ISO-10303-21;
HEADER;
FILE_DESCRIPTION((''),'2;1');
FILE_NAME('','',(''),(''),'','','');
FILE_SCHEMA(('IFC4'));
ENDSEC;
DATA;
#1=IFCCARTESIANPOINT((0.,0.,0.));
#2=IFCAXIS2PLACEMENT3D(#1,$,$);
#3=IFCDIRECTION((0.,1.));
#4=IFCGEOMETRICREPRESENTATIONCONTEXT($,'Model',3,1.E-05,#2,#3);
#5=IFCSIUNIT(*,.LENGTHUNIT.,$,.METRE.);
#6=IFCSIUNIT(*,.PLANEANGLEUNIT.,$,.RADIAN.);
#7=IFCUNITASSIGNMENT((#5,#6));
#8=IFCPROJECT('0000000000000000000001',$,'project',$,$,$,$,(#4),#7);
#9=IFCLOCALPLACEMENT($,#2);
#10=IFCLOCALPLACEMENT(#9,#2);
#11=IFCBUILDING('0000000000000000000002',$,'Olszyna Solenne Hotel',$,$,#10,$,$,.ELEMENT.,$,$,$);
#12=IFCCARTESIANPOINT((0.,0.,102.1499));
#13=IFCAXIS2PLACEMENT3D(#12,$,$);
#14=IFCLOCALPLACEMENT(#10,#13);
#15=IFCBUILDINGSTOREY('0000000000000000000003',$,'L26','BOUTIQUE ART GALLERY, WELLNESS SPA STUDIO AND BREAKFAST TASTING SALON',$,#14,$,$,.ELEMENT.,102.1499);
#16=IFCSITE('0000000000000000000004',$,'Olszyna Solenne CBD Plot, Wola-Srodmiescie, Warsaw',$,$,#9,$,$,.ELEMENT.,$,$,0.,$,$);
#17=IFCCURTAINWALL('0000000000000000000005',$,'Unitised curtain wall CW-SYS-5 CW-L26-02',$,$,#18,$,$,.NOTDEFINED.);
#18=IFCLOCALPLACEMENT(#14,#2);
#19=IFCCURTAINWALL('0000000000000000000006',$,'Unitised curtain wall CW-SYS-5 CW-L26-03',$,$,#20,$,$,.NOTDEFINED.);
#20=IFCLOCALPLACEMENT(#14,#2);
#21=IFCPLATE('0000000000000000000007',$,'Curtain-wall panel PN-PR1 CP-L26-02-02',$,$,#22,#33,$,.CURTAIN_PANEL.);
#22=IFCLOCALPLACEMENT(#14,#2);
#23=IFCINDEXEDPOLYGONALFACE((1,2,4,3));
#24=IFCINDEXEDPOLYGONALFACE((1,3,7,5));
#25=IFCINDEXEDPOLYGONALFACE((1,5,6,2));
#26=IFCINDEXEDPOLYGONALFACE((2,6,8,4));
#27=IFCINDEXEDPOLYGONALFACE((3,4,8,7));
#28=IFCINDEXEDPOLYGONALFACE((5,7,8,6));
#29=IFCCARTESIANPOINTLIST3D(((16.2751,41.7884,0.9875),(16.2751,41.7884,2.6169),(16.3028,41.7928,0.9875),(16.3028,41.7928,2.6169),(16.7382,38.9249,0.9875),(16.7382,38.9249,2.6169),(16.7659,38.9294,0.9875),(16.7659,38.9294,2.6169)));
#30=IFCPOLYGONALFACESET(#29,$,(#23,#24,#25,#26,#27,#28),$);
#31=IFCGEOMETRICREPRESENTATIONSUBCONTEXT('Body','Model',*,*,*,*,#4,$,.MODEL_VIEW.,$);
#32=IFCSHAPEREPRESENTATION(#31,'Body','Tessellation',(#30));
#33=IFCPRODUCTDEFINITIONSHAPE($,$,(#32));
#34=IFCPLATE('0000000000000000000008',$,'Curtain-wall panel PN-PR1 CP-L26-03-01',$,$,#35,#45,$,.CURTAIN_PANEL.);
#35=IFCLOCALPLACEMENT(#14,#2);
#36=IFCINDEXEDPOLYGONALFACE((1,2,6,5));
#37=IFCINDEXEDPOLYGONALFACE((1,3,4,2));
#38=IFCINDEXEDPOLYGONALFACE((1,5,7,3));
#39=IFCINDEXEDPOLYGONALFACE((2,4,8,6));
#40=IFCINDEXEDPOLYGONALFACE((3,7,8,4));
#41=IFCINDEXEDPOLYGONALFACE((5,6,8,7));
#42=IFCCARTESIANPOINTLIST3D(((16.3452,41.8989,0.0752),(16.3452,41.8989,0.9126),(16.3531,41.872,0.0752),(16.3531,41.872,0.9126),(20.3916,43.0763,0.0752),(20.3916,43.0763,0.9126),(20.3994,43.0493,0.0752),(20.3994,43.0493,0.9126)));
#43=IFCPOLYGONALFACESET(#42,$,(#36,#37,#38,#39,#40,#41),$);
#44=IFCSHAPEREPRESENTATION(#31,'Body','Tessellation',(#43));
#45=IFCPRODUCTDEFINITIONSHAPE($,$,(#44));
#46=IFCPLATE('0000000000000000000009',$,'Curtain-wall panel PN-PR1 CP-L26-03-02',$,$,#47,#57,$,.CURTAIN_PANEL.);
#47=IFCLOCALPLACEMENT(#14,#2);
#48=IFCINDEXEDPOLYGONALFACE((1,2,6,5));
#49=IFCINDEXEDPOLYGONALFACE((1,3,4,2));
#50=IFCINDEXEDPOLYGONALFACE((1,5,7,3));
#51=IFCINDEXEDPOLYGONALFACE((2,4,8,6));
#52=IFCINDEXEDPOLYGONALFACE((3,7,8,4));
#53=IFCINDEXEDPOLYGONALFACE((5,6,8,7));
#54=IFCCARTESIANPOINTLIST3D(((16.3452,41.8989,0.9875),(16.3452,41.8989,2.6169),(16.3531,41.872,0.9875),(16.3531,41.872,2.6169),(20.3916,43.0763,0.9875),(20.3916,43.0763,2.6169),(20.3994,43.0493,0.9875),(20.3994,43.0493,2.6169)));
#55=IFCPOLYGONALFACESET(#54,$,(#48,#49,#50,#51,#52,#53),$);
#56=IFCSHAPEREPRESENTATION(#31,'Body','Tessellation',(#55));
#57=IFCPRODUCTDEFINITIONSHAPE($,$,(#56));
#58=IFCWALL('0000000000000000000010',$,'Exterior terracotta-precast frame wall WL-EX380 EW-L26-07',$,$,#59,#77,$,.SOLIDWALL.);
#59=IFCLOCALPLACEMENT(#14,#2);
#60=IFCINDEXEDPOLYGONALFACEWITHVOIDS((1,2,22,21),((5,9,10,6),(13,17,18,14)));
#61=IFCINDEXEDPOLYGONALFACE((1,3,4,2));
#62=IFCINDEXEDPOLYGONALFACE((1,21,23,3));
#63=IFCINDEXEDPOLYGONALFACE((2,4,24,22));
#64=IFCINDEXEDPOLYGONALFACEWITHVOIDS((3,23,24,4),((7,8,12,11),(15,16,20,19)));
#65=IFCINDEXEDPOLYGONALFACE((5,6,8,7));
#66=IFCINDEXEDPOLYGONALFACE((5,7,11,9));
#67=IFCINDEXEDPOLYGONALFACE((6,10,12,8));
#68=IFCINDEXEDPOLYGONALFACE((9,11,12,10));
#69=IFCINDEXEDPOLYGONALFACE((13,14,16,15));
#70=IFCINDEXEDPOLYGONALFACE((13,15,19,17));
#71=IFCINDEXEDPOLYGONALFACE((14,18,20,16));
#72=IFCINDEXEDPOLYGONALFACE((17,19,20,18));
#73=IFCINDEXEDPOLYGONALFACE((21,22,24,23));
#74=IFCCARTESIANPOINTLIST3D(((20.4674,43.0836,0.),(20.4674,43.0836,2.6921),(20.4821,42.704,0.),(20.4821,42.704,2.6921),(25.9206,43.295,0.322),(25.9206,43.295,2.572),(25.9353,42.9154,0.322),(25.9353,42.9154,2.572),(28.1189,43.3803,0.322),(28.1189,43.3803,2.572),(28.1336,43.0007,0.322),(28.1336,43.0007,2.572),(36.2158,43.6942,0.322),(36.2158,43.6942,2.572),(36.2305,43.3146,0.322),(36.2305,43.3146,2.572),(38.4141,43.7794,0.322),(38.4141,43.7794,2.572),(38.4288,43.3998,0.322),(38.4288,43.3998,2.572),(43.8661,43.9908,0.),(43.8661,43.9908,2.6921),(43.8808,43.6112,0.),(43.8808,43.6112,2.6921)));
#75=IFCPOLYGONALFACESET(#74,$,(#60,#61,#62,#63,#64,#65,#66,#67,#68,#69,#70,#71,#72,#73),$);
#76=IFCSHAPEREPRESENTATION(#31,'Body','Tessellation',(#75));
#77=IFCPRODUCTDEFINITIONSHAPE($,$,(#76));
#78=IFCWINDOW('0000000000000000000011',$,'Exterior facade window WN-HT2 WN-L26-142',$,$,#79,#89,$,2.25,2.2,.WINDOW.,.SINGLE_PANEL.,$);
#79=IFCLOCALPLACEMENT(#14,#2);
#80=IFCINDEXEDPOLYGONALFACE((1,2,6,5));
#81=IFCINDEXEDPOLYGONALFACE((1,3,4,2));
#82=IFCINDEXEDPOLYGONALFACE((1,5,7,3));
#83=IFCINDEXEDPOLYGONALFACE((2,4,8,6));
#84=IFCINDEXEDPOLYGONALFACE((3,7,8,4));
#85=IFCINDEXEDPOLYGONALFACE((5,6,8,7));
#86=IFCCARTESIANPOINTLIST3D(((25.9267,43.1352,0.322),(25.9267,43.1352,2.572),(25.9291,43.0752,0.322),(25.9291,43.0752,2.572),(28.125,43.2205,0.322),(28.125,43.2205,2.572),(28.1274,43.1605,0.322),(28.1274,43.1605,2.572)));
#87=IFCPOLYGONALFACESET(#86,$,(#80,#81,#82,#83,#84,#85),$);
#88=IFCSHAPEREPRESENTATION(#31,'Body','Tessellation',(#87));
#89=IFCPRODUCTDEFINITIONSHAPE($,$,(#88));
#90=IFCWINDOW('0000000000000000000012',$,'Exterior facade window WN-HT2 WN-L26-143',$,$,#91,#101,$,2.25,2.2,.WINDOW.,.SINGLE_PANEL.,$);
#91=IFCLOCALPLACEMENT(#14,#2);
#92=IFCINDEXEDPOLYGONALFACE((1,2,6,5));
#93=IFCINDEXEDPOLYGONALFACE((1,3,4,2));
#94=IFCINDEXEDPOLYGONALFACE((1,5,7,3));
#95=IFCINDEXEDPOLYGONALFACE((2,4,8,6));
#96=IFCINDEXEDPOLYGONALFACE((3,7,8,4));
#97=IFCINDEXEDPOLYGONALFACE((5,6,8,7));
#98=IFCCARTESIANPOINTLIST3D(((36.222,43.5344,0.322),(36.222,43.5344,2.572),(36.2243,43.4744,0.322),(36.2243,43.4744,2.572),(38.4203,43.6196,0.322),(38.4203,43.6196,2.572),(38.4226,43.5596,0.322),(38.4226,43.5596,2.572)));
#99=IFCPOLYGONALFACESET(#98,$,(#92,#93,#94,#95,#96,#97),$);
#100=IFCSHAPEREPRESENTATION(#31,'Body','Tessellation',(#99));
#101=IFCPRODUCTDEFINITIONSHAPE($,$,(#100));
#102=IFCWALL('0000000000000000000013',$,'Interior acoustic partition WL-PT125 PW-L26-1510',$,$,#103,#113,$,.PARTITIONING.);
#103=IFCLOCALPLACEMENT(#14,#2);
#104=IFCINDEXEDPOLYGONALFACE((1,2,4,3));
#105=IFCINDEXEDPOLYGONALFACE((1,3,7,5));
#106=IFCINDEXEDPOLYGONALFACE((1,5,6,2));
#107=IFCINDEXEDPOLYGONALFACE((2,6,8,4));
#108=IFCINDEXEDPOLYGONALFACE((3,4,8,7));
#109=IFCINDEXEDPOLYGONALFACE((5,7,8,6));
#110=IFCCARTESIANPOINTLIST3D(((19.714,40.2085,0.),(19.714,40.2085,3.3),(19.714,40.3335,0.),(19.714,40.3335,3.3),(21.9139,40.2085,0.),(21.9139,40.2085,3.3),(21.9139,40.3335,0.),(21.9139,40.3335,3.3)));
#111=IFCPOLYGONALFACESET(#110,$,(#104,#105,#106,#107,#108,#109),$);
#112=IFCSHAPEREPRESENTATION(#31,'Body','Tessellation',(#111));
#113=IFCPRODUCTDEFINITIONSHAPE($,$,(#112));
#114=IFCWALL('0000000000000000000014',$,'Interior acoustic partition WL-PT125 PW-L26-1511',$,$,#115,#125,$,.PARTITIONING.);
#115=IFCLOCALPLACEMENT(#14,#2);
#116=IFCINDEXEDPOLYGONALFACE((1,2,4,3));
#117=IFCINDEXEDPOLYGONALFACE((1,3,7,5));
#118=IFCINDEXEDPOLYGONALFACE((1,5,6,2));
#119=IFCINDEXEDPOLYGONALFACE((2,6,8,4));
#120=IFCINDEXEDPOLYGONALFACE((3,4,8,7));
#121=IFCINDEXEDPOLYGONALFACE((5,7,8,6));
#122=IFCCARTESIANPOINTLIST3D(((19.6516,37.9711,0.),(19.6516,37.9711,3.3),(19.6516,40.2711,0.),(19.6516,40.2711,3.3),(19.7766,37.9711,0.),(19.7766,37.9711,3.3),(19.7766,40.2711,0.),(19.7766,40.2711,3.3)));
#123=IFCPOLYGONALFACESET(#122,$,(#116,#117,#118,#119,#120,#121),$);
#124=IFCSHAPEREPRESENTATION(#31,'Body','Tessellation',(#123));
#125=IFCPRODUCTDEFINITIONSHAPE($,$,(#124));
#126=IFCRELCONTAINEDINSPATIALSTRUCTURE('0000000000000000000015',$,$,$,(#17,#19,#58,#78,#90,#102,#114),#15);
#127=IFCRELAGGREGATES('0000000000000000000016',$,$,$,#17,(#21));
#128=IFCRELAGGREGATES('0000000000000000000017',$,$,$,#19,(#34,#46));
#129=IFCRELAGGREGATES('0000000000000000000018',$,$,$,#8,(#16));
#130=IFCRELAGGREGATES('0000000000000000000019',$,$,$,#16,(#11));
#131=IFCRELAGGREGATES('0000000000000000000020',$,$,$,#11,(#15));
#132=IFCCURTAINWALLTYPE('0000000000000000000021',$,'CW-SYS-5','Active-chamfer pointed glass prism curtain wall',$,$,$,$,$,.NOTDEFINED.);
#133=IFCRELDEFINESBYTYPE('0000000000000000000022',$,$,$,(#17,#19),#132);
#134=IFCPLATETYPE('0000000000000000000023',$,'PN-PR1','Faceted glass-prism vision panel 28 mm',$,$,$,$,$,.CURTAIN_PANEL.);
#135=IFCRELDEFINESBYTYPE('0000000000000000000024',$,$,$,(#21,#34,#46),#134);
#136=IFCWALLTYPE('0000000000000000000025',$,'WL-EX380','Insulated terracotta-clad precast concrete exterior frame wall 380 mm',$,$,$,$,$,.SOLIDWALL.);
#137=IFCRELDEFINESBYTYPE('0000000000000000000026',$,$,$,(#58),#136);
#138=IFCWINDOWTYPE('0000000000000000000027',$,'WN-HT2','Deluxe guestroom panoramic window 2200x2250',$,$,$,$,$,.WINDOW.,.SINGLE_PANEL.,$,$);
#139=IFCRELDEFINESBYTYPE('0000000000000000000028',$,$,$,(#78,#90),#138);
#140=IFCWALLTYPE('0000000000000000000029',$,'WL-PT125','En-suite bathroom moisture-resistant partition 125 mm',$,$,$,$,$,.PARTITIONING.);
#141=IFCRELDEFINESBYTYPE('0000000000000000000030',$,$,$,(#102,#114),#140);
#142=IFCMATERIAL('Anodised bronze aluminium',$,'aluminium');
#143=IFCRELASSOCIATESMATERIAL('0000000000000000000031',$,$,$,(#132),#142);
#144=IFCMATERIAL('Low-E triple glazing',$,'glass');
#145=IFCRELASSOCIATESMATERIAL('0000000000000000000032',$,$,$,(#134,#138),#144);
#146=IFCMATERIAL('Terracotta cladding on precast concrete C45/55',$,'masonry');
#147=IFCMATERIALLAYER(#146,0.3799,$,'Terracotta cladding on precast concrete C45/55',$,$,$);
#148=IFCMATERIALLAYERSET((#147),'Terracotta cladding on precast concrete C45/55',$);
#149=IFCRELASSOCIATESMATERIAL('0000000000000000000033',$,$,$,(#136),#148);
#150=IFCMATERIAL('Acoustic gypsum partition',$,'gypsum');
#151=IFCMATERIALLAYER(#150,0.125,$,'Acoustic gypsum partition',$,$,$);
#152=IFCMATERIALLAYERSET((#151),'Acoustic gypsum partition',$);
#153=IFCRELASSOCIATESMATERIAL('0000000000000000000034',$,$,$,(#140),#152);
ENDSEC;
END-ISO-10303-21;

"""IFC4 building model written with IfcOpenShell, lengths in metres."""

from ifc_helpers import new_model, si_unit, direction, frame, frame_2d, origin, origin_2d, place, context, subcontext, project, spatial, rectangle, extrude, source, transform, mapped, material, layer, layer_set, type_object, type_shapes, element, fill, aggregate, save


model = new_model("IFC4")

# Units and contexts
model_context = context("Model", 3, precision=1e-05, world=origin(), true_north=direction((0.0, 1.0)))
body_context = subcontext(model_context, "Body", "Model", "MODEL_VIEW")
ifc_project = project(units=[si_unit("LENGTHUNIT", "METRE"), si_unit("PLANEANGLEUNIT", "RADIAN")], contexts=[model_context])

# Site, building, storey
site_placement = place(None, origin())
site = spatial("IfcSite", under=ifc_project, at=site_placement, Name="Olszyna Solenne CBD Plot, Wola-Srodmiescie, Warsaw", CompositionType="ELEMENT", RefElevation=0.0)
building_placement = place(site_placement, origin())
building = spatial("IfcBuilding", under=site, at=building_placement, Name="Olszyna Solenne Hotel", CompositionType="ELEMENT")
storey_placement = place(building_placement, frame((0.0, 0.0, 102.1499)))
storey = spatial("IfcBuildingStorey", under=building, at=storey_placement, Name="L26", Description="BOUTIQUE ART GALLERY, WELLNESS SPA STUDIO AND BREAKFAST TASTING SALON", CompositionType="ELEMENT", Elevation=102.1499)

# Curtain wall
ifc_material_1 = material(Name="Anodised bronze aluminium", Category="aluminium")
curtain_wall_type = type_object("IfcCurtainWallType", Name="CW-SYS-5", Description="Active-chamfer pointed glass prism curtain wall", PredefinedType="NOTDEFINED", material=ifc_material_1)
curtain_wall_1_placement = place(storey_placement, origin())
curtain_wall_1 = element("IfcCurtainWall", 1, at=curtain_wall_1_placement, inside=storey, type_object=curtain_wall_type, Name="Unitised curtain wall CW-SYS-5 CW-L26-02", PredefinedType="NOTDEFINED")

# Curtain wall
curtain_wall_2_placement = place(storey_placement, origin())
curtain_wall_2 = element("IfcCurtainWall", 2, at=curtain_wall_2_placement, inside=storey, type_object=curtain_wall_type, Name="Unitised curtain wall CW-SYS-5 CW-L26-03", PredefinedType="NOTDEFINED")

# Plates
ifc_material_2 = material(Name="Low-E triple glazing", Category="glass")
plate_type_1 = type_object("IfcPlateType", Name="PN-PR1", Description="Faceted glass-prism vision panel 28 mm", PredefinedType="CURTAIN_PANEL", material=ifc_material_2)
shared_shape_1 = source(origin(), body_context, "Body", "SweptSolid", [
    extrude(rectangle(XDim=2.9006, YDim=0.0281, at=origin_2d()), origin(), (0.0, 0.0, 1.0), 1.6294),
])
plate_1_placement = place(storey_placement, frame((16.5205, 40.3589, 0.9875), z_axis=(0.0, 0.0, 1.0), x_axis=(0.15964, -0.987175, 0.0)))
plate_1 = element("IfcPlate", 3, at=plate_1_placement, type_object=plate_type_1, Name="Curtain-wall panel PN-PR1 CP-L26-02-02", PredefinedType="CURTAIN_PANEL", context=body_context, shape_type="MappedRepresentation", body=[
    mapped(shared_shape_1, transform((0.0, 0.0, 0.0), x_axis=(1.0, 0.0, 0.0), y_axis=(0.0, 1.0, 0.0), z_axis=(0.0, 0.0, 1.0), scale=1.0)),
])
aggregate(curtain_wall_1, [plate_1])
shared_shape_2 = source(origin(), body_context, "Body", "SweptSolid", [
    extrude(rectangle(XDim=4.2141, YDim=0.0281, at=origin_2d()), origin(), (0.0, 0.0, 1.0), 0.8374),
])
plate_2_placement = place(storey_placement, frame((18.3723, 42.4741, 0.0752), z_axis=(0.0, 0.0, 1.0), x_axis=(0.960183, 0.279373, 0.0)))
plate_2 = element("IfcPlate", 4, at=plate_2_placement, type_object=plate_type_1, Name="Curtain-wall panel PN-PR1 CP-L26-03-01", PredefinedType="CURTAIN_PANEL", context=body_context, shape_type="MappedRepresentation", body=[
    mapped(shared_shape_2, transform((0.0, 0.0, 0.0), x_axis=(1.0, 0.0, 0.0), y_axis=(0.0, 1.0, 0.0), z_axis=(0.0, 0.0, 1.0), scale=1.0)),
])
shared_shape_3 = source(origin(), body_context, "Body", "SweptSolid", [
    extrude(rectangle(XDim=4.2141, YDim=0.0281, at=origin_2d()), origin(), (0.0, 0.0, 1.0), 1.6294),
])
plate_3_placement = place(storey_placement, frame((18.3723, 42.4741, 0.9875), z_axis=(0.0, 0.0, 1.0), x_axis=(0.960183, 0.279373, 0.0)))
plate_3 = element("IfcPlate", 5, at=plate_3_placement, type_object=plate_type_1, Name="Curtain-wall panel PN-PR1 CP-L26-03-02", PredefinedType="CURTAIN_PANEL", context=body_context, shape_type="MappedRepresentation", body=[
    mapped(shared_shape_3, transform((0.0, 0.0, 0.0), x_axis=(1.0, 0.0, 0.0), y_axis=(0.0, 1.0, 0.0), z_axis=(0.0, 0.0, 1.0), scale=1.0)),
])
aggregate(curtain_wall_2, [plate_2, plate_3])

# Wall, openings, windows
ifc_material_3 = material(Name="Terracotta cladding on precast concrete C45/55", Category="masonry")
ifc_layer_1 = layer(ifc_material_3, 0.3799, Name="Terracotta cladding on precast concrete C45/55")
ifc_layer_set_1 = layer_set([ifc_layer_1], Name="Terracotta cladding on precast concrete C45/55")
wall_type_1 = type_object("IfcWallType", Name="WL-EX380", Description="Insulated terracotta-clad precast concrete exterior frame wall 380 mm", PredefinedType="SOLIDWALL", material=ifc_layer_set_1)
wall_1_placement = place(storey_placement, frame((20.4749, 42.8938, 0.0), z_axis=(0.0, 0.0, 1.0), x_axis=(0.999249, 0.038743, 0.0)))
wall_1 = element("IfcWall", 6, at=wall_1_placement, inside=storey, type_object=wall_type_1, Name="Exterior terracotta-precast frame wall WL-EX380 EW-L26-07", PredefinedType="SOLIDWALL", context=body_context, shape_type="SweptSolid", body=[
    extrude(rectangle(XDim=23.4163, YDim=0.3799, at=frame_2d((11.708, 0.0))), origin(), (0.0, 0.0, 1.0), 2.6921),
])
opening_1_placement = place(wall_1_placement, frame((5.457, 0.0, 0.322)))
opening_1 = element("IfcOpeningElement", 7, at=opening_1_placement, cuts=wall_1, PredefinedType="OPENING", context=body_context, shape_type="SweptSolid", body=[
    extrude(rectangle(XDim=2.2, YDim=2.25, at=frame_2d((1.1001, 1.125))), frame((0.0, 0.2, 0.0), z_axis=(0.0, -1.0, 0.0), x_axis=(1.0, 0.0, 0.0)), (0.0, 0.0, 1.0), 0.3999),
])
opening_2_placement = place(wall_1_placement, frame((15.76, 0.0, 0.322)))
opening_2 = element("IfcOpeningElement", 8, at=opening_2_placement, cuts=wall_1, PredefinedType="OPENING", context=body_context, shape_type="SweptSolid", body=[
    extrude(rectangle(XDim=2.2, YDim=2.25, at=frame_2d((1.1001, 1.125))), frame((0.0, 0.2, 0.0), z_axis=(0.0, -1.0, 0.0), x_axis=(1.0, 0.0, 0.0)), (0.0, 0.0, 1.0), 0.3999),
])
window_type = type_object("IfcWindowType", Name="WN-HT2", Description="Deluxe guestroom panoramic window 2200x2250", PartitioningType="SINGLE_PANEL", PredefinedType="WINDOW", material=ifc_material_2)
shared_shape_4 = source(origin(), body_context, "Body", "SweptSolid", [
    extrude(rectangle(XDim=2.2, YDim=2.25, at=frame_2d((1.1001, 1.125))), frame((0.0, 0.03, 0.0), z_axis=(0.0, -1.0, 0.0), x_axis=(1.0, 0.0, 0.0)), (0.0, 0.0, 1.0), 0.0601),
])
type_shapes(window_type, [shared_shape_4])
window_1_placement = place(opening_1_placement, origin())
window_1 = element("IfcWindow", 9, at=window_1_placement, inside=storey, type_object=window_type, Name="Exterior facade window WN-HT2 WN-L26-142", OverallHeight=2.25, OverallWidth=2.2, PartitioningType="SINGLE_PANEL", PredefinedType="WINDOW", context=body_context, shape_type="MappedRepresentation", body=[
    mapped(shared_shape_4, transform((0.0, 0.0, 0.0), x_axis=(1.0, 0.0, 0.0), y_axis=(0.0, 1.0, 0.0), z_axis=(0.0, 0.0, 1.0), scale=1.0)),
])
fill(opening_1, window_1)
window_2_placement = place(opening_2_placement, origin())
window_2 = element("IfcWindow", 10, at=window_2_placement, inside=storey, type_object=window_type, Name="Exterior facade window WN-HT2 WN-L26-143", OverallHeight=2.25, OverallWidth=2.2, PartitioningType="SINGLE_PANEL", PredefinedType="WINDOW", context=body_context, shape_type="MappedRepresentation", body=[
    mapped(shared_shape_4, transform((0.0, 0.0, 0.0), x_axis=(1.0, 0.0, 0.0), y_axis=(0.0, 1.0, 0.0), z_axis=(0.0, 0.0, 1.0), scale=1.0)),
])
fill(opening_2, window_2)

# Walls
ifc_material_4 = material(Name="Acoustic gypsum partition", Category="gypsum")
ifc_layer_2 = layer(ifc_material_4, 0.125, Name="Acoustic gypsum partition")
ifc_layer_set_2 = layer_set([ifc_layer_2], Name="Acoustic gypsum partition")
wall_type_2 = type_object("IfcWallType", Name="WL-PT125", Description="En-suite bathroom moisture-resistant partition 125 mm", PredefinedType="PARTITIONING", material=ifc_layer_set_2)
wall_2_placement = place(storey_placement, frame((21.9141, 40.271, 0.0), z_axis=(0.0, 0.0, 1.0), x_axis=(-1.0, 0.0, 0.0)))
element("IfcWall", 11, at=wall_2_placement, inside=storey, type_object=wall_type_2, Name="Interior acoustic partition WL-PT125 PW-L26-1510", PredefinedType="PARTITIONING", context=body_context, shape_type="SweptSolid", body=[
    extrude(rectangle(XDim=2.2, YDim=0.125, at=frame_2d((1.1001, 0.0))), origin(), (0.0, 0.0, 1.0), 3.3),
])
wall_3_placement = place(storey_placement, frame((19.7141, 40.271, 0.0), z_axis=(0.0, 0.0, 1.0), x_axis=(0.0, -1.0, 0.0)))
element("IfcWall", 12, at=wall_3_placement, inside=storey, type_object=wall_type_2, Name="Interior acoustic partition WL-PT125 PW-L26-1511", PredefinedType="PARTITIONING", context=body_context, shape_type="SweptSolid", body=[
    extrude(rectangle(XDim=2.3, YDim=0.125, at=frame_2d((1.1499, 0.0))), origin(), (0.0, 0.0, 1.0), 3.3),
])

save(model, "model.ifc")
